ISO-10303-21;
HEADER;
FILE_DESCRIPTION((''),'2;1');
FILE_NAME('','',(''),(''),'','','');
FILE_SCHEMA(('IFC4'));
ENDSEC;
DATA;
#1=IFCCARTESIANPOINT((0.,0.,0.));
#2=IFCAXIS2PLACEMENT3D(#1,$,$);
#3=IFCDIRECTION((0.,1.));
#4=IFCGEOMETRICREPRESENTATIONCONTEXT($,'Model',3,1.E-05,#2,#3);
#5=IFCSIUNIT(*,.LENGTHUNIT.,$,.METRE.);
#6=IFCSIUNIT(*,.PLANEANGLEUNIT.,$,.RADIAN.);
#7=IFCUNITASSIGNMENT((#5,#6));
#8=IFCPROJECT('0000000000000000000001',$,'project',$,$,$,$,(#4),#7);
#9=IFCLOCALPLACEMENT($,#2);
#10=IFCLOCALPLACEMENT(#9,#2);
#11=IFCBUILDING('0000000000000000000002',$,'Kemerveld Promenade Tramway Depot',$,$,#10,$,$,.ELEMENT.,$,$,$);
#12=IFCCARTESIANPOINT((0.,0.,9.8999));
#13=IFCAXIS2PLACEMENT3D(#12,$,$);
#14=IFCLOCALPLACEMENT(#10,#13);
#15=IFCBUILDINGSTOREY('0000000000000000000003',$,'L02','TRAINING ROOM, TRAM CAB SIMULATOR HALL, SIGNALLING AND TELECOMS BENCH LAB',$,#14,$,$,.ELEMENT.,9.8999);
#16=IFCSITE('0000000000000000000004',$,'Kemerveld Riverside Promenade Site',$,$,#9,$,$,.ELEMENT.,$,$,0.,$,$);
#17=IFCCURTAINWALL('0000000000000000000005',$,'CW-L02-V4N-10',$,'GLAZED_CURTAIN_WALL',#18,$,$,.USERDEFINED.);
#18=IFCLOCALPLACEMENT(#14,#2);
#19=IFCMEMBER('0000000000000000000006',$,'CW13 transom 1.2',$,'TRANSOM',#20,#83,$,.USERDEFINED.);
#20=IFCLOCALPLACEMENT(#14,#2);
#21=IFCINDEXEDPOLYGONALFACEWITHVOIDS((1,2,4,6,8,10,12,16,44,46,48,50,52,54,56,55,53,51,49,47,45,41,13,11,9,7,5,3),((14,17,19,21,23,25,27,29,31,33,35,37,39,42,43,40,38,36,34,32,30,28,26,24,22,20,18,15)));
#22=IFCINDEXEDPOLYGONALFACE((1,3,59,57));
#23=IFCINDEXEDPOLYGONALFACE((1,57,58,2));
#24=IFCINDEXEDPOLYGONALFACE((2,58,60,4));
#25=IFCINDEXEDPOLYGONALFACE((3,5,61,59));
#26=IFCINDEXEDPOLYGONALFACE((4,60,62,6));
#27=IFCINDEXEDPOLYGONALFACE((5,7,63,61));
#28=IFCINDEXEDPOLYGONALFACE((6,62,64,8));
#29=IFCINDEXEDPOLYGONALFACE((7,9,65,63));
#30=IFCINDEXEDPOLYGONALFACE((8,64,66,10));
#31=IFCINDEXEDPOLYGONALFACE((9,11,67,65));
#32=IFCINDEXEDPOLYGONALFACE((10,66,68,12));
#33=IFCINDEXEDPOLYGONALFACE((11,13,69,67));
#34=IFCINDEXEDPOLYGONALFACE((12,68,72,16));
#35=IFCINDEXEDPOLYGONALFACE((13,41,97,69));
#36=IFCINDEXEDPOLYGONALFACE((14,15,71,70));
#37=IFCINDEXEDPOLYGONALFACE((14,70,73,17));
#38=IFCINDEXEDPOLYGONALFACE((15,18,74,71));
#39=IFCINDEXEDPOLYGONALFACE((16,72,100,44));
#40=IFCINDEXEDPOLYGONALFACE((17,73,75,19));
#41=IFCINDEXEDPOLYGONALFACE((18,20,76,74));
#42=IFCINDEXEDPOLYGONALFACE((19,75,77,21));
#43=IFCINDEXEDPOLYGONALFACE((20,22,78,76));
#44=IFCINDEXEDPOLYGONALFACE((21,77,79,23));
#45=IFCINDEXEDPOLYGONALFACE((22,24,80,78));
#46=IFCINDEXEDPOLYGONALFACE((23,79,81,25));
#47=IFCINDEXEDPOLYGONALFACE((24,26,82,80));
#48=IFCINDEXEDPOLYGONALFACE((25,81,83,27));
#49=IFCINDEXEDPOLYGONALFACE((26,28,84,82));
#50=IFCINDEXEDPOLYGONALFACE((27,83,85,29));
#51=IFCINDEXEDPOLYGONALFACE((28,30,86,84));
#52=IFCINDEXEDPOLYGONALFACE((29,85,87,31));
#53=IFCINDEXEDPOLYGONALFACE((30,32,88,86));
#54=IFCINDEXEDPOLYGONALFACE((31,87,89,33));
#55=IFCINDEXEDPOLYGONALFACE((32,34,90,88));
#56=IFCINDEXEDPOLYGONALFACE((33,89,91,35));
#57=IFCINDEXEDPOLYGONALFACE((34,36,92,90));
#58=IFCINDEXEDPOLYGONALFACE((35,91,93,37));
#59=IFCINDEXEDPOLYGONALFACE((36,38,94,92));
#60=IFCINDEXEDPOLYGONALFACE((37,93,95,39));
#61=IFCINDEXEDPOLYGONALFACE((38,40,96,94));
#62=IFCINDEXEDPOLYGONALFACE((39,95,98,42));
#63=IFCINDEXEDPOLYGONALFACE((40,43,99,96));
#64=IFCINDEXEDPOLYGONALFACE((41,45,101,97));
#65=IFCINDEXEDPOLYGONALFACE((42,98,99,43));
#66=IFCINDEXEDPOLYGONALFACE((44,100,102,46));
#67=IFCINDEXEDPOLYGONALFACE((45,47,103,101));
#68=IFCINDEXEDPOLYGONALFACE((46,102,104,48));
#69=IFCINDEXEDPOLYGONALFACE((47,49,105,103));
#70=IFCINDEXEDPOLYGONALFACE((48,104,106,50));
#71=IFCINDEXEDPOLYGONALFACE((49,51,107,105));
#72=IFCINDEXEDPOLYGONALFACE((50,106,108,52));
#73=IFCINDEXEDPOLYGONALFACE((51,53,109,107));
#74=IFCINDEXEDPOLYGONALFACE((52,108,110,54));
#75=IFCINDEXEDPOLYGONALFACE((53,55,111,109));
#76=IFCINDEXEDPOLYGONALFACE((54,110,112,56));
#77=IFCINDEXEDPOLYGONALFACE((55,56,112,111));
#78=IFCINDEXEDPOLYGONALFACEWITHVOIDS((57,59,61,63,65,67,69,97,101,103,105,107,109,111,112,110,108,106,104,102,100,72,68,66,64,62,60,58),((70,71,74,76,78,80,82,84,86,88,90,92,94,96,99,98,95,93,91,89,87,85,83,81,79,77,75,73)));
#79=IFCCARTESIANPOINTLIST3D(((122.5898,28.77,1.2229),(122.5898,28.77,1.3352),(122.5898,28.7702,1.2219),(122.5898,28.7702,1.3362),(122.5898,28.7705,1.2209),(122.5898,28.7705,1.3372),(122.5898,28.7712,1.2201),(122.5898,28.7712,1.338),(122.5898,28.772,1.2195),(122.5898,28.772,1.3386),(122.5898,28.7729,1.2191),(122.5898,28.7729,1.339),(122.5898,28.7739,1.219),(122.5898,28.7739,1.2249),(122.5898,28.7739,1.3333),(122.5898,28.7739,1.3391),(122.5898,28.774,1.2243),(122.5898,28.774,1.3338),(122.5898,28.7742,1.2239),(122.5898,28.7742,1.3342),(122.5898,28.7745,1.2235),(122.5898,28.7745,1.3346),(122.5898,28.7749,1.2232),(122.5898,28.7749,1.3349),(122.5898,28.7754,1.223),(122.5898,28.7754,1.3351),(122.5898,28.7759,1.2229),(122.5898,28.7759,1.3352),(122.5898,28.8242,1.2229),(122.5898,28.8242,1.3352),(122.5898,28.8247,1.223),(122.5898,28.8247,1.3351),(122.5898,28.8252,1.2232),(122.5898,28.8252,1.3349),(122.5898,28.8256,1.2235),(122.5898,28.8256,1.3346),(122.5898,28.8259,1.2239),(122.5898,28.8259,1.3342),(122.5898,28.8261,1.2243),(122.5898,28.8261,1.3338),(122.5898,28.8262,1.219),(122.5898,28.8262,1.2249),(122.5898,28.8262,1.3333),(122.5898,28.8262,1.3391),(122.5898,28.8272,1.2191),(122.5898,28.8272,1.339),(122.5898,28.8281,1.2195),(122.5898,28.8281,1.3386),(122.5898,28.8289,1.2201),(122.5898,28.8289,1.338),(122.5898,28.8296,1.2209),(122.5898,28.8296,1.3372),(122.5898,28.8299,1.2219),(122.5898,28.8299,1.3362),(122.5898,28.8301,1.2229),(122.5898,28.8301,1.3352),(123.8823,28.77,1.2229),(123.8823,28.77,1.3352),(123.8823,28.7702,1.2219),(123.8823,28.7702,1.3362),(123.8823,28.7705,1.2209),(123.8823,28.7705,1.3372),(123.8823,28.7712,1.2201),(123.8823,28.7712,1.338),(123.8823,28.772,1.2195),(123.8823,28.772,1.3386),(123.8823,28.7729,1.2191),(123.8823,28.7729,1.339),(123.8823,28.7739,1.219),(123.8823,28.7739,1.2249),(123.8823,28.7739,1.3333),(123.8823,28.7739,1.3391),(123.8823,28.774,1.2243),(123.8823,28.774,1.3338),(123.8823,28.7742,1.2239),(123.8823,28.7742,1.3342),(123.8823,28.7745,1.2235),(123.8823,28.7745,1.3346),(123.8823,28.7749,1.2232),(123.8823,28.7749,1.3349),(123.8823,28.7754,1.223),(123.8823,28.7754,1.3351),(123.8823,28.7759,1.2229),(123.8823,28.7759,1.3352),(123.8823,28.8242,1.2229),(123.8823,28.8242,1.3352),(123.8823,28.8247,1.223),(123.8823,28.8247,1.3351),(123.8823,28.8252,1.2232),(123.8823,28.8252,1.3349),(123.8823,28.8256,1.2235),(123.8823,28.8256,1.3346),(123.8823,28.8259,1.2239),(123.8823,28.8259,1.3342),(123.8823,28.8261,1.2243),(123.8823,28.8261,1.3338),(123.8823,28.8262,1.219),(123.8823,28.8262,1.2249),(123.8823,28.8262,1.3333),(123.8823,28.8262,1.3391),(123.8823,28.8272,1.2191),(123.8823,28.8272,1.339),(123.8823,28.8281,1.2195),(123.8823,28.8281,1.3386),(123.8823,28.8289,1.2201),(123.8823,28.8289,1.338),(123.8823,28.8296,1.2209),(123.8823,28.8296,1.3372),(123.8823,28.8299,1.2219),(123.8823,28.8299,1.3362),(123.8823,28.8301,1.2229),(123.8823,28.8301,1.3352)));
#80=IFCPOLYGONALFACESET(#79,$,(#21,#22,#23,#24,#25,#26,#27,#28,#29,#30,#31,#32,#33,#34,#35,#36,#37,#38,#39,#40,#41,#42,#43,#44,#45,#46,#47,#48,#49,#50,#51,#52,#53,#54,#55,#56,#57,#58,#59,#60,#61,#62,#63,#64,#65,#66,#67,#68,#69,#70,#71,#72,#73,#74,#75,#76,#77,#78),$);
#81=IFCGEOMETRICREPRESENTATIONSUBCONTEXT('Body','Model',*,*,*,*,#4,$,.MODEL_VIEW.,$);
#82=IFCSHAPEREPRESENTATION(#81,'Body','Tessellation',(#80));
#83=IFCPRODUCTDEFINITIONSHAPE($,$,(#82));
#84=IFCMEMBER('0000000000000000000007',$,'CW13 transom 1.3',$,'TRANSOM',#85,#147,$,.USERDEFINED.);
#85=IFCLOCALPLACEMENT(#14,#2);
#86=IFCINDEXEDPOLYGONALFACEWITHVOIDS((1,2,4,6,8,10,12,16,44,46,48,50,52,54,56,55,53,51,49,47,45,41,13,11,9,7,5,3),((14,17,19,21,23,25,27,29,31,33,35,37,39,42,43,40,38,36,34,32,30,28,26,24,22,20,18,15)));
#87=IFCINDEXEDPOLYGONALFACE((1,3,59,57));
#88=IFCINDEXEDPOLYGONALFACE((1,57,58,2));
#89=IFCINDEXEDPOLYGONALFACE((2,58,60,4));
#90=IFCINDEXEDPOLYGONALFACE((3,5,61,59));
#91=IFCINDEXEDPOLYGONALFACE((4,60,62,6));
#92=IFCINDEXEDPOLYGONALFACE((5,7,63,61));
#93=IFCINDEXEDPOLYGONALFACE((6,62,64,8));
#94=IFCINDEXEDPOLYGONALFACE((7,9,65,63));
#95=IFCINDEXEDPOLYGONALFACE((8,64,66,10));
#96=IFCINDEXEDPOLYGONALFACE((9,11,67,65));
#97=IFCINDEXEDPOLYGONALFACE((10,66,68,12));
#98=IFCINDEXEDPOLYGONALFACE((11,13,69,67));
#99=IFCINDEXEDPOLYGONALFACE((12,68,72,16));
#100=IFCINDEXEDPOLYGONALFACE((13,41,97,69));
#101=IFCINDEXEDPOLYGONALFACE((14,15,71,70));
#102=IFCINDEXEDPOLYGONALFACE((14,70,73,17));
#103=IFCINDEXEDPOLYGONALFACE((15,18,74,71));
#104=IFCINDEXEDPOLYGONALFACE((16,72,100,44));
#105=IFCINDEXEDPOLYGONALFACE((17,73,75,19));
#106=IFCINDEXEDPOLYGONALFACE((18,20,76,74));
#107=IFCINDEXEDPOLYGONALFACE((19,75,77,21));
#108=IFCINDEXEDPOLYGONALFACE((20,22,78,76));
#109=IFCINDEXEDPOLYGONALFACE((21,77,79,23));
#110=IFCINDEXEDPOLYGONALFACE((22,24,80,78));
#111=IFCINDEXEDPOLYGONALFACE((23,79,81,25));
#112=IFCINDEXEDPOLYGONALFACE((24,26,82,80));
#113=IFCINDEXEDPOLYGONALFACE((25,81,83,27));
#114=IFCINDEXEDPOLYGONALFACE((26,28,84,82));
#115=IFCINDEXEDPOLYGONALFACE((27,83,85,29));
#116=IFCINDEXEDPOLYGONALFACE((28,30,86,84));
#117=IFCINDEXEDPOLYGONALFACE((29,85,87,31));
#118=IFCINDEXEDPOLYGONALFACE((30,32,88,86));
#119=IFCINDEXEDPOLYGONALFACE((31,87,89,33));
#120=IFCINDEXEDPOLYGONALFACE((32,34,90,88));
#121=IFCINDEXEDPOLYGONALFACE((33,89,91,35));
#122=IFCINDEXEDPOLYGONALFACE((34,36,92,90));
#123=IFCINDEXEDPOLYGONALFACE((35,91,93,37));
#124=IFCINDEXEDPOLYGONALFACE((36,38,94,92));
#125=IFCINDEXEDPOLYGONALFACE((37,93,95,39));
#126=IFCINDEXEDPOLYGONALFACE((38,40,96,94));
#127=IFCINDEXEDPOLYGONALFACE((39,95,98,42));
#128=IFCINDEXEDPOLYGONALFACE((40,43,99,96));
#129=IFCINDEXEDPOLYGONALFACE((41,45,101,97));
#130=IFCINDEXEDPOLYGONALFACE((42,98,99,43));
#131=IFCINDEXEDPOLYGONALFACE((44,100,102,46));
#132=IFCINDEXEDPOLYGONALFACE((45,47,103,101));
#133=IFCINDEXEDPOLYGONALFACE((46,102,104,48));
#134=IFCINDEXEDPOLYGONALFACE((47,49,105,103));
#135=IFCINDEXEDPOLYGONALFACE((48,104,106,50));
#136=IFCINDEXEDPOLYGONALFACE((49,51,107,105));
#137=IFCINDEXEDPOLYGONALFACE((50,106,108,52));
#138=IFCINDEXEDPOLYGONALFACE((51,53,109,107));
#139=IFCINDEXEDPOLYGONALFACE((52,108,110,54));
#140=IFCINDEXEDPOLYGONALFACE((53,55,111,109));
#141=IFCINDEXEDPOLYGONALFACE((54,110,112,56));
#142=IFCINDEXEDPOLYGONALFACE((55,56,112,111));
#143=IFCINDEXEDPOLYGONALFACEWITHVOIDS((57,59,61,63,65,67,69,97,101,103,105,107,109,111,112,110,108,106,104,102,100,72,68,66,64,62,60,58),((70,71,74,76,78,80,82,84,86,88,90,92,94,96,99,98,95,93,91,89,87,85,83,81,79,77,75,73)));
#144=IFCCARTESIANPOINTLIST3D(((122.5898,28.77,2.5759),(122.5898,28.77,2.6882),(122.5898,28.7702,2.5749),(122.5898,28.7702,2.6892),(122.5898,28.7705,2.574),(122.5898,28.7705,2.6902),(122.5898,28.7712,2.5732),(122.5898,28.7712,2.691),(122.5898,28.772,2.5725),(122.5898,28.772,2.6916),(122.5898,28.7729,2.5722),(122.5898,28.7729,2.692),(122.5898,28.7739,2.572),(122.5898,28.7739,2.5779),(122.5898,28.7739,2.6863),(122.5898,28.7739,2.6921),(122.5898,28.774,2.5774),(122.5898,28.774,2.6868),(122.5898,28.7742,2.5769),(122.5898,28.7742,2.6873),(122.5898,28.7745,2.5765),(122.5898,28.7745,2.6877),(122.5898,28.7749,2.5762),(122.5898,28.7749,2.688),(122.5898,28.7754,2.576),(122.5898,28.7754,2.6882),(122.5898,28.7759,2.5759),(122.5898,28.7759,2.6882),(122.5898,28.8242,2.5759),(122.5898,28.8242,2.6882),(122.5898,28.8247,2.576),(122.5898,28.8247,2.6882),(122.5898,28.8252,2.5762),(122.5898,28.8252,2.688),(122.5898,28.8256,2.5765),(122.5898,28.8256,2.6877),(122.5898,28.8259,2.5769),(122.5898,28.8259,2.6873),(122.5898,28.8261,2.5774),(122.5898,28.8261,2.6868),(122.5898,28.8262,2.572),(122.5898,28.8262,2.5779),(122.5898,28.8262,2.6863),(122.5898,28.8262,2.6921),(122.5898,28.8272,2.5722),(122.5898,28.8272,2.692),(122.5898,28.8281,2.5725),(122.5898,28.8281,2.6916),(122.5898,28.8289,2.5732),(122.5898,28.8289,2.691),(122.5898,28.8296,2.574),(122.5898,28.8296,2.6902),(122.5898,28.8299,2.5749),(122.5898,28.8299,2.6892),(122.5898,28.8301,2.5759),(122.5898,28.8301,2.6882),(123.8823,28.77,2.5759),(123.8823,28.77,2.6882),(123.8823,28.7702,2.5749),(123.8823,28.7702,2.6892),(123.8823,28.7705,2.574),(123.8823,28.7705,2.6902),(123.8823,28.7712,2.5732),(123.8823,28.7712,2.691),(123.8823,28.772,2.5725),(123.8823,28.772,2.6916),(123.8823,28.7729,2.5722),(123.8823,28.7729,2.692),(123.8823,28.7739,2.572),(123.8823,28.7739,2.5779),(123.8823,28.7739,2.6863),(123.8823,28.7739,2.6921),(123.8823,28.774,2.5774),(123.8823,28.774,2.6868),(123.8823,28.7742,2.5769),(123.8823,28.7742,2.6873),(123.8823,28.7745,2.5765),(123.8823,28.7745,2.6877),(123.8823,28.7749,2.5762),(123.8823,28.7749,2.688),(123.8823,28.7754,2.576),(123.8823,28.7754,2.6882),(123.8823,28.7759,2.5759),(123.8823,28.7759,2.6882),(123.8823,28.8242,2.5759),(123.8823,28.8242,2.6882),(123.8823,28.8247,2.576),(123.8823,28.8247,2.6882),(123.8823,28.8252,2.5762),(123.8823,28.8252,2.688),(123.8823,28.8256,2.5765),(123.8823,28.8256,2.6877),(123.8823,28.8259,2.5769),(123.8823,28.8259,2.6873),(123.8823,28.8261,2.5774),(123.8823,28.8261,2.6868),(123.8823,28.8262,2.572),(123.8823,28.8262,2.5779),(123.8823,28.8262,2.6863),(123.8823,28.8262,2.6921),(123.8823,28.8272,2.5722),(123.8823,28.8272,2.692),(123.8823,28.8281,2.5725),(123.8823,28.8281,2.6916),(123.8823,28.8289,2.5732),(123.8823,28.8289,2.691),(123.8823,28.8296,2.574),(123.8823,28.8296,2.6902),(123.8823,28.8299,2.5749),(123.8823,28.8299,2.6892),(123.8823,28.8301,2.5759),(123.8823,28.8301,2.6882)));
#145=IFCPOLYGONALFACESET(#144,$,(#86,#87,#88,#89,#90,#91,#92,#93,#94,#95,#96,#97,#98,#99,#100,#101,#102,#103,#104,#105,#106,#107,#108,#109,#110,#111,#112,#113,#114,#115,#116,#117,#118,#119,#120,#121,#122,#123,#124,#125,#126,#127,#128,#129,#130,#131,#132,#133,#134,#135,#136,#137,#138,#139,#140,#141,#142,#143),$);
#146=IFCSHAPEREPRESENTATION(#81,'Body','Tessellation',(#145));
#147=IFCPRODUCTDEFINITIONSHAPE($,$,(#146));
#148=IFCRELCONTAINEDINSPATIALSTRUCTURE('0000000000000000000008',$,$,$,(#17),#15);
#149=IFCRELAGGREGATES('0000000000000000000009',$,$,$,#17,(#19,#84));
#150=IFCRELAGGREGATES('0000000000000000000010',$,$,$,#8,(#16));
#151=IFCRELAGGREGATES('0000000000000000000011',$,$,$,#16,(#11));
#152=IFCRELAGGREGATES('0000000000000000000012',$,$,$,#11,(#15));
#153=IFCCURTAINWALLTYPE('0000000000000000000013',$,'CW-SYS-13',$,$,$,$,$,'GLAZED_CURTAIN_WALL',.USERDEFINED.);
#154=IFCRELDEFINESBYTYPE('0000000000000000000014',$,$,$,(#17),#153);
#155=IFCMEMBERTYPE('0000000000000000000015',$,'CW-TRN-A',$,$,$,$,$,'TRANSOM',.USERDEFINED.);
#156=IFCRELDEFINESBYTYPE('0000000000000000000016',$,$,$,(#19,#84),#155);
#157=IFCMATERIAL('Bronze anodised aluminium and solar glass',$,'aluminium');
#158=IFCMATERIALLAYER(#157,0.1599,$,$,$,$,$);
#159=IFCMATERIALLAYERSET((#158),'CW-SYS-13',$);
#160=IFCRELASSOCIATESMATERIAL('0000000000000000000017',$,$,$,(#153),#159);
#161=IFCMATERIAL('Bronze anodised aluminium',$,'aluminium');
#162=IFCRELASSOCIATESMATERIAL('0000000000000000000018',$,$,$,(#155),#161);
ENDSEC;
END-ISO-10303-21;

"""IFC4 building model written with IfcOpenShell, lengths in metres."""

from ifc_helpers import new_model, si_unit, direction, frame, origin, origin_2d, place, context, subcontext, project, spatial, hollow_rectangle, extrude, material, layer, layer_set, material_profile, profile_set, type_object, element, aggregate, save


model = new_model("IFC4")

# Units and contexts
model_context = context("Model", 3, precision=1e-05, world=origin(), true_north=direction((0.0, 1.0)))
body_context = subcontext(model_context, "Body", "Model", "MODEL_VIEW")
ifc_project = project(units=[si_unit("LENGTHUNIT", "METRE"), si_unit("PLANEANGLEUNIT", "RADIAN")], contexts=[model_context])

# Site, building, storey
site_placement = place(None, origin())
site = spatial("IfcSite", under=ifc_project, at=site_placement, Name="Kemerveld Riverside Promenade Site", CompositionType="ELEMENT", RefElevation=0.0)
building_placement = place(site_placement, origin())
building = spatial("IfcBuilding", under=site, at=building_placement, Name="Kemerveld Promenade Tramway Depot", CompositionType="ELEMENT")
storey_placement = place(building_placement, frame((0.0, 0.0, 9.8999)))
storey = spatial("IfcBuildingStorey", under=building, at=storey_placement, Name="L02", Description="TRAINING ROOM, TRAM CAB SIMULATOR HALL, SIGNALLING AND TELECOMS BENCH LAB", CompositionType="ELEMENT", Elevation=9.8999)

# Curtain wall, members
ifc_material_1 = material(Name="Bronze anodised aluminium and solar glass", Category="aluminium")
ifc_layer_1 = layer(ifc_material_1, 0.1599)
ifc_layer_set_1 = layer_set([ifc_layer_1], Name="CW-SYS-13")
curtain_wall_type = type_object("IfcCurtainWallType", Name="CW-SYS-13", ElementType="GLAZED_CURTAIN_WALL", PredefinedType="USERDEFINED", material=ifc_layer_set_1)
curtain_wall_placement = place(storey_placement, origin())
curtain_wall = element("IfcCurtainWall", 1, at=curtain_wall_placement, inside=storey, type_object=curtain_wall_type, Name="CW-L02-V4N-10", ObjectType="GLAZED_CURTAIN_WALL", PredefinedType="USERDEFINED")
ifc_material_2 = material(Name="Bronze anodised aluminium", Category="aluminium")
ifc_material_profile_1 = material_profile(ifc_material_2, hollow_rectangle(XDim=0.0601, YDim=0.1201, WallThickness=0.0039, InnerFilletRadius=0.002, OuterFilletRadius=0.0039, at=origin_2d()), Name="CW-TRN-120x60")
ifc_profile_set_1 = profile_set([ifc_material_profile_1], Name="Bronze anodised aluminium")
member_type_1 = type_object("IfcMemberType", Name="CW-TRN-A", ElementType="TRANSOM", PredefinedType="USERDEFINED", material=ifc_profile_set_1)
member_1_placement = place(storey_placement, frame((122.5898, 28.8, 1.2791), z_axis=(1.0, 0.0, 0.0), x_axis=(0.0, 1.0, 0.0)))
member_1 = element("IfcMember", 2, at=member_1_placement, type_object=member_type_1, Name="CW13 transom 1.2", ObjectType="TRANSOM", PredefinedType="USERDEFINED", context=body_context, shape_type="SweptSolid", body=[
    extrude(hollow_rectangle(XDim=0.0601, YDim=0.1201, WallThickness=0.0039, InnerFilletRadius=0.002, OuterFilletRadius=0.0039, at=origin_2d()), origin(), (0.0, 0.0, 1.0), 1.2925),
])
member_2_placement = place(storey_placement, frame((122.5898, 28.8, 2.6321), z_axis=(1.0, 0.0, 0.0), x_axis=(0.0, 1.0, 0.0)))
member_2 = element("IfcMember", 3, at=member_2_placement, type_object=member_type_1, Name="CW13 transom 1.3", ObjectType="TRANSOM", PredefinedType="USERDEFINED", context=body_context, shape_type="SweptSolid", body=[
    extrude(hollow_rectangle(XDim=0.0601, YDim=0.1201, WallThickness=0.0039, InnerFilletRadius=0.002, OuterFilletRadius=0.0039, at=origin_2d()), origin(), (0.0, 0.0, 1.0), 1.2925),
])

aggregate(curtain_wall, [member_1, member_2])

save(model, "model.ifc")
